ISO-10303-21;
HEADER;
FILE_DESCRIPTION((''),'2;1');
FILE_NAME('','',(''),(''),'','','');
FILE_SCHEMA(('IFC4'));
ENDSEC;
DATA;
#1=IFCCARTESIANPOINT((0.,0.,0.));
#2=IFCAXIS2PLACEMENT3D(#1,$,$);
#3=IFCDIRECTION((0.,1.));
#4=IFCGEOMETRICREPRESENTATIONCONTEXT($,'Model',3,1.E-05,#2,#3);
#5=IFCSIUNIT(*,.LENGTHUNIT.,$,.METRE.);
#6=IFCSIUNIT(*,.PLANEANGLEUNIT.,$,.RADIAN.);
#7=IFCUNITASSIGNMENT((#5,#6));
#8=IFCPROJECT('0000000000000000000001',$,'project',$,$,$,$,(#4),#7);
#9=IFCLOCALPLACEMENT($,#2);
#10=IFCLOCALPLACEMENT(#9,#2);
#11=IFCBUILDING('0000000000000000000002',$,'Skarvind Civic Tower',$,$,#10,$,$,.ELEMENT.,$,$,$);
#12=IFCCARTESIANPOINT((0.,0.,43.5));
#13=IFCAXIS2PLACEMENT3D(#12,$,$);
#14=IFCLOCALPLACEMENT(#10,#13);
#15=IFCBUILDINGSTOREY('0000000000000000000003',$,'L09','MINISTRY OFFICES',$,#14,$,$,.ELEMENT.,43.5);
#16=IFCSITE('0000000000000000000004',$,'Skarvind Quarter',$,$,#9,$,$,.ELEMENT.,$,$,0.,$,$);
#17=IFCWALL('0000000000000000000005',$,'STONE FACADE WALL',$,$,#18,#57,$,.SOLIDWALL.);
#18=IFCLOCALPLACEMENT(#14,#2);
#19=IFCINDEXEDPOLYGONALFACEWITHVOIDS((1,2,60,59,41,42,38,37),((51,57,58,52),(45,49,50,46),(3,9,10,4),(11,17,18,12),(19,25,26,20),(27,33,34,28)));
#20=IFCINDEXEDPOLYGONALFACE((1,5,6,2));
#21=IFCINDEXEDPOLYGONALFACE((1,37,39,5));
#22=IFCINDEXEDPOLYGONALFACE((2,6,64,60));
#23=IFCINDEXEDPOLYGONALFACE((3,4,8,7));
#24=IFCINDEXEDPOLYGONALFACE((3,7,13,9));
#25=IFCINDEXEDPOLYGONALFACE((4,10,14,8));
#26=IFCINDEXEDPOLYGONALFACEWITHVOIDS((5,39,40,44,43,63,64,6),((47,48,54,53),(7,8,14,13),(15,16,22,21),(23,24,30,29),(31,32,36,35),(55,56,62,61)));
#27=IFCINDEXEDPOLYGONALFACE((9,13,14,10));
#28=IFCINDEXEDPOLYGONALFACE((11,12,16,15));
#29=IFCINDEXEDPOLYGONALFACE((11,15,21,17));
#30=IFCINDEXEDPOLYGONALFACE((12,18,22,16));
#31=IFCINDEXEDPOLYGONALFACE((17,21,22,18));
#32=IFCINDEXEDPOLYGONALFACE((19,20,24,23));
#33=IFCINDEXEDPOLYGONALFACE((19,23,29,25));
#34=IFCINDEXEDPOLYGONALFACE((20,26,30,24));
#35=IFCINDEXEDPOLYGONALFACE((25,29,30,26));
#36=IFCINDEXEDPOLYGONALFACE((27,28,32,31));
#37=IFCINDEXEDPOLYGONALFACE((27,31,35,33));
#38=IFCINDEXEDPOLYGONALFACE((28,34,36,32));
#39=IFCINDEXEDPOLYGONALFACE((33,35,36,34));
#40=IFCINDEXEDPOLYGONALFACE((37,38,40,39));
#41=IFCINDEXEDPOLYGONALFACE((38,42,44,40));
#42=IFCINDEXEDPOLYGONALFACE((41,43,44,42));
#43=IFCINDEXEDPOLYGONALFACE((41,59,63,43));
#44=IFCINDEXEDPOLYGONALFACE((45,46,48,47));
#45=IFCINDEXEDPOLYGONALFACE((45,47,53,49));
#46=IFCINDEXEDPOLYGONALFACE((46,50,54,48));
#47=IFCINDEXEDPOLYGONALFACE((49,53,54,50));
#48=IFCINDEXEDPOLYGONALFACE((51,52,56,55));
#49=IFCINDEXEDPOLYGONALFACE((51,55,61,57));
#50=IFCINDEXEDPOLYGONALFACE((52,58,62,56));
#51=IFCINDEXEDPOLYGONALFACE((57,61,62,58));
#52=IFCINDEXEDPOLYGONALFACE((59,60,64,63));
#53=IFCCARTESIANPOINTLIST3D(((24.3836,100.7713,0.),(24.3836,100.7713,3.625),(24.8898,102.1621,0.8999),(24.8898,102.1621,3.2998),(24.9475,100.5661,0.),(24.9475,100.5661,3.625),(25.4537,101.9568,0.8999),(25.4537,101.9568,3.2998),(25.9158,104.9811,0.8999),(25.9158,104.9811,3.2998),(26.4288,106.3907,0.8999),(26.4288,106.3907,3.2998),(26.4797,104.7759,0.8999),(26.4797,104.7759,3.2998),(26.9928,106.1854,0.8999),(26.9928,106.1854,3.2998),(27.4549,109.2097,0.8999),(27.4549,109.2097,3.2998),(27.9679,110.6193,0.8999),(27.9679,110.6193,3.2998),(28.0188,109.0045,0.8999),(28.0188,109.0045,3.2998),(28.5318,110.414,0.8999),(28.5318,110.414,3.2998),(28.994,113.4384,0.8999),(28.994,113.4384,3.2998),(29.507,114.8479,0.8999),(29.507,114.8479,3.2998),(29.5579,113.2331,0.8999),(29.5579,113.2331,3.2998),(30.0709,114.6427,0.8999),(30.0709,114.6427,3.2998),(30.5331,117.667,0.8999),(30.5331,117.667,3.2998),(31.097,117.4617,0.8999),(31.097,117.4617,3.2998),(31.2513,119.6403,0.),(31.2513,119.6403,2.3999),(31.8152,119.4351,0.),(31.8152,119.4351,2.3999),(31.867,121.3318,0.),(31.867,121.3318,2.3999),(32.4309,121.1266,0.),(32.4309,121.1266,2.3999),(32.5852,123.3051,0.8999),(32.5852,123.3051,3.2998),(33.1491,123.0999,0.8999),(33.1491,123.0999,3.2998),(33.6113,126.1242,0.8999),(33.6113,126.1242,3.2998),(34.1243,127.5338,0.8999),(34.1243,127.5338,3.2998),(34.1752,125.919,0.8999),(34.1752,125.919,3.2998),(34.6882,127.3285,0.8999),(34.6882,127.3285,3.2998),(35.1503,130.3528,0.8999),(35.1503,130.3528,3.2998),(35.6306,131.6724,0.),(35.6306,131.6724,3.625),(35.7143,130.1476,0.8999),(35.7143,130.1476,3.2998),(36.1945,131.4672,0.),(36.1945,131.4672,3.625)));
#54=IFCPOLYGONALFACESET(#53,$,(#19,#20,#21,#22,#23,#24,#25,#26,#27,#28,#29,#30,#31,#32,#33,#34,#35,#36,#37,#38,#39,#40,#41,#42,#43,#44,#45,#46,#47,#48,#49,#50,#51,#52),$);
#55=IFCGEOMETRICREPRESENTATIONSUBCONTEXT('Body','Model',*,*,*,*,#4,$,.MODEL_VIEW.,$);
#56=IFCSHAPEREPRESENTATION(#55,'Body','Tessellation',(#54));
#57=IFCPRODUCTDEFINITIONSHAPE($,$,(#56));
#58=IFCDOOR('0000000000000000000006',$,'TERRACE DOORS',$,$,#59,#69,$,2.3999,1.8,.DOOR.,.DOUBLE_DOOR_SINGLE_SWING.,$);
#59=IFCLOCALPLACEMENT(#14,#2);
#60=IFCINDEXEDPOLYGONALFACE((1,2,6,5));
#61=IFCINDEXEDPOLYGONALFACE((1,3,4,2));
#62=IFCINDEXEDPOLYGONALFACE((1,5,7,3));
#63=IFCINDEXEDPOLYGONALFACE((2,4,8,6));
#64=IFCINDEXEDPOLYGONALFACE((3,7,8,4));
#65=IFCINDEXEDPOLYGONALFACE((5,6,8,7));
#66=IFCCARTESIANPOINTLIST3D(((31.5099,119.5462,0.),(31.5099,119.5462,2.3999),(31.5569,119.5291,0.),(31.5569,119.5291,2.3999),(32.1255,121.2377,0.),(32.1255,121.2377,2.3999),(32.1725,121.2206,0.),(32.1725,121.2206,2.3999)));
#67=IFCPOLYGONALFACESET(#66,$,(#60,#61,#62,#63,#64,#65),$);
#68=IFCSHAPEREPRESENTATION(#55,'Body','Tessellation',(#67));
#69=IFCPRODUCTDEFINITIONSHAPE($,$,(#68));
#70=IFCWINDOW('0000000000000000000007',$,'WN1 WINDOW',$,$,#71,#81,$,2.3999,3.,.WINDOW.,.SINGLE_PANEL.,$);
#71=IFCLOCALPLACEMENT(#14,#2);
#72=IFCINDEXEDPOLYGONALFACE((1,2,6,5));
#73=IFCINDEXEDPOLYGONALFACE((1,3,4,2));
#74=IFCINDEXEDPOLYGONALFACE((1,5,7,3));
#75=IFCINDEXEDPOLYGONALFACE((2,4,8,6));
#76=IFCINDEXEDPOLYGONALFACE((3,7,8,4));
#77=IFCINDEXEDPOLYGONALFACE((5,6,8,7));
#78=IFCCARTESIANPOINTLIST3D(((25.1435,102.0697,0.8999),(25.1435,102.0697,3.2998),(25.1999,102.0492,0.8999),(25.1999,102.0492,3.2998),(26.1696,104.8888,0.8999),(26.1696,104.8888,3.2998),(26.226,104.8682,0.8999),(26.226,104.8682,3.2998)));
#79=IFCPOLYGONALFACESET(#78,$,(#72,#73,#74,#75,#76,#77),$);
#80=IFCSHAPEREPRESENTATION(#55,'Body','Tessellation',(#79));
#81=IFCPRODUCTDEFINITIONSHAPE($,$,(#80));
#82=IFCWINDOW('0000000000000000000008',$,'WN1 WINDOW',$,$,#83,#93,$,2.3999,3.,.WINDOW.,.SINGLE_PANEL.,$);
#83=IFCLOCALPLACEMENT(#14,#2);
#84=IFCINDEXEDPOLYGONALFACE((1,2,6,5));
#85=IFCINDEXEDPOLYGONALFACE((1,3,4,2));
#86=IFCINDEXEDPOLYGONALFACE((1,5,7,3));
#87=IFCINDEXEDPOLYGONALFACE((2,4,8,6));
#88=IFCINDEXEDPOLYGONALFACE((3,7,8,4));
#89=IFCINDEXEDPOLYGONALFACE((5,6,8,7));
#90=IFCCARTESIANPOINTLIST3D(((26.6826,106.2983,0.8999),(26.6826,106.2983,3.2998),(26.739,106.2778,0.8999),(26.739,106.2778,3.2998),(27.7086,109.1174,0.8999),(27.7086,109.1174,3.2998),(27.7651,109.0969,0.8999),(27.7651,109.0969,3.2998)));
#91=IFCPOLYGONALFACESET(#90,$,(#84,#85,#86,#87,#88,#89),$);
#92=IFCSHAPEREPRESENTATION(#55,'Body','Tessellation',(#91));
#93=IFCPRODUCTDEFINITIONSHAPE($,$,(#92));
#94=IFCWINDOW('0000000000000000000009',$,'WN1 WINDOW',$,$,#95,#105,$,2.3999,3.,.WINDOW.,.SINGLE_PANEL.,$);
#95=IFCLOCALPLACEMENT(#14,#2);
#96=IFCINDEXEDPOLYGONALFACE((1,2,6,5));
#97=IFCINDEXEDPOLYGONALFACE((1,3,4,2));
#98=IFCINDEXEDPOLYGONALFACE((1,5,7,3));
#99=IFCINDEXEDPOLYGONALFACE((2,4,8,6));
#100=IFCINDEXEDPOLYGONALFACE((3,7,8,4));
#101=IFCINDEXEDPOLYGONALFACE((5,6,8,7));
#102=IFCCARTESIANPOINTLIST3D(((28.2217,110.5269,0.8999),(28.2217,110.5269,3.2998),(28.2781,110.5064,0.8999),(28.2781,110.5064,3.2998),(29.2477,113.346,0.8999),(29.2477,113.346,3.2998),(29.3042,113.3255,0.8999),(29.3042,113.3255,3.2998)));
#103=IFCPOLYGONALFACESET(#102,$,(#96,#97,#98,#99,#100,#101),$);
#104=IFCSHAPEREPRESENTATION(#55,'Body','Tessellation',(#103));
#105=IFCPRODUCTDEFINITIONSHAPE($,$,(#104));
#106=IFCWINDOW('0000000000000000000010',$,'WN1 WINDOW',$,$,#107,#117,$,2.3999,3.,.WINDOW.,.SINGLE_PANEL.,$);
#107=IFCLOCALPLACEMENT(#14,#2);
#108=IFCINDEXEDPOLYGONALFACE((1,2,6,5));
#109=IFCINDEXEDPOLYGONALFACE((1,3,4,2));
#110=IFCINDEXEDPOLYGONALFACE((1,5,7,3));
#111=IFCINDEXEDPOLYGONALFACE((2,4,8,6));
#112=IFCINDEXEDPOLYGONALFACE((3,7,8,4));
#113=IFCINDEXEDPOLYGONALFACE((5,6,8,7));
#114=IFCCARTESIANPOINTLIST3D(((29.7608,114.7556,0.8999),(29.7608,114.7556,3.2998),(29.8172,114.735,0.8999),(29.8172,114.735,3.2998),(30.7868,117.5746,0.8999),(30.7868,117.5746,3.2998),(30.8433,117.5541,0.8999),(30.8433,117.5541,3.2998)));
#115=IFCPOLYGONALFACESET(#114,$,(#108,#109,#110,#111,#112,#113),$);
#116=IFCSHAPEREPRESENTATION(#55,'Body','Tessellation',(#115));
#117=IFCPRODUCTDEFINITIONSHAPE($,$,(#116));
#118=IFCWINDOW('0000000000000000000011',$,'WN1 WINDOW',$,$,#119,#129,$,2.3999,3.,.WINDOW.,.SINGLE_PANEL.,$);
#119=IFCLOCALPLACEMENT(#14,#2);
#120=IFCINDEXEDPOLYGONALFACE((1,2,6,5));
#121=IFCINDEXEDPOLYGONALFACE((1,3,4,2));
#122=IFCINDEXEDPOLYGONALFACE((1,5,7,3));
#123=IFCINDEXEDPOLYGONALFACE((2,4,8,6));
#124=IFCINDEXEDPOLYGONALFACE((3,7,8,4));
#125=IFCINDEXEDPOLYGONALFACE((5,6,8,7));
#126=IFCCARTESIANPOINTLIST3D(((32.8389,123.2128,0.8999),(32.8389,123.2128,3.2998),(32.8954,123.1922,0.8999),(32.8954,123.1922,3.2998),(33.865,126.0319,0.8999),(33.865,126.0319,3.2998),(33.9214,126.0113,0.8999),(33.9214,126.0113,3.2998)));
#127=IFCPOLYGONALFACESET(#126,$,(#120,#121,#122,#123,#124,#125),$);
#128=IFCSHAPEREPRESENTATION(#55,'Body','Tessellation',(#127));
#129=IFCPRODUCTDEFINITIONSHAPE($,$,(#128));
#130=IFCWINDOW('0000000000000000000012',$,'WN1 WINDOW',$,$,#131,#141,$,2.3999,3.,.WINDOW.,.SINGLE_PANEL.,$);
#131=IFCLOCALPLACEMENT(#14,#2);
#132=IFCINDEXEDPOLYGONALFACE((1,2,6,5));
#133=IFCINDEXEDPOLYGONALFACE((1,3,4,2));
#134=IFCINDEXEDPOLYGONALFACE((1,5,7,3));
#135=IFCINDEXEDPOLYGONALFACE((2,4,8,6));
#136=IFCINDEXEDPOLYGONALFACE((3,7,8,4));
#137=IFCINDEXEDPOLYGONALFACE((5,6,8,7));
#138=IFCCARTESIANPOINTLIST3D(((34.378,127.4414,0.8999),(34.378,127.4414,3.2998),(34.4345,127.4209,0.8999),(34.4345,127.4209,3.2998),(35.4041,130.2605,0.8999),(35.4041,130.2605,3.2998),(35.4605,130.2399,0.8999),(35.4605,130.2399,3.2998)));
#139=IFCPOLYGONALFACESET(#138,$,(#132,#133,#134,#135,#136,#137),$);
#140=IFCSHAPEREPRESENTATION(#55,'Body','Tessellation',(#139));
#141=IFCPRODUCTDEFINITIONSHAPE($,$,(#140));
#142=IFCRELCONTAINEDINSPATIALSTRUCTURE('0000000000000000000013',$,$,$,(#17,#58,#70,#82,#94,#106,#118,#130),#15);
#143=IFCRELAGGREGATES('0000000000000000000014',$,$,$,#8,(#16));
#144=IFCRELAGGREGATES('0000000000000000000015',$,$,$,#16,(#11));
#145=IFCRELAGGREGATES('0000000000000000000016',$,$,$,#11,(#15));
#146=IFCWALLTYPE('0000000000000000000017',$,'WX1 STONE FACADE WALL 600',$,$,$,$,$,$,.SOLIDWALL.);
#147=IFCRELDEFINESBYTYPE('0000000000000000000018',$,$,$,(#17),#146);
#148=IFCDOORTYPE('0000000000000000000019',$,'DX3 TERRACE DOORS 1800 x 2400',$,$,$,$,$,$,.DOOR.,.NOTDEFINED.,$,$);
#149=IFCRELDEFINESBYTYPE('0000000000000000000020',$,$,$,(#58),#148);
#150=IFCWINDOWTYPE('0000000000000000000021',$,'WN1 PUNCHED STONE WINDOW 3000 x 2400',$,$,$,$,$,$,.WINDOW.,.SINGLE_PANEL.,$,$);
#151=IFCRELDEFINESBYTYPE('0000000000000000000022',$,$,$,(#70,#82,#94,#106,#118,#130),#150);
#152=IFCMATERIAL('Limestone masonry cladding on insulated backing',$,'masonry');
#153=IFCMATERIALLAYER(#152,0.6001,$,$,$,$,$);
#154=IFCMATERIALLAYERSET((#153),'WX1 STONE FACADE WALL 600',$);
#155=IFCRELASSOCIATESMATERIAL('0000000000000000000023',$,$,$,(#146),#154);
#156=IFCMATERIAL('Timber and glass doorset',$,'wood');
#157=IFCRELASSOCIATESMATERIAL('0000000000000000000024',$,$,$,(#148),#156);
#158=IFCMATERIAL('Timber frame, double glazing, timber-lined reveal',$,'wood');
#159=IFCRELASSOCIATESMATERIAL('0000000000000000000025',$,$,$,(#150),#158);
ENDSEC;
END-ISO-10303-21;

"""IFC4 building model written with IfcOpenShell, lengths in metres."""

from ifc_helpers import new_model, si_unit, direction, frame, frame_2d, origin, place, context, subcontext, project, spatial, rectangle, extrude, material, layer, layer_set, type_object, element, fill, save


model = new_model("IFC4")

# Units and contexts
model_context = context("Model", 3, precision=1e-05, world=origin(), true_north=direction((0.0, 1.0)))
body_context = subcontext(model_context, "Body", "Model", "MODEL_VIEW")
ifc_project = project(units=[si_unit("LENGTHUNIT", "METRE"), si_unit("PLANEANGLEUNIT", "RADIAN")], contexts=[model_context])

# Site, building, storey
site_placement = place(None, origin())
site = spatial("IfcSite", under=ifc_project, at=site_placement, Name="Skarvind Quarter", CompositionType="ELEMENT", RefElevation=0.0)
building_placement = place(site_placement, origin())
building = spatial("IfcBuilding", under=site, at=building_placement, Name="Skarvind Civic Tower", CompositionType="ELEMENT")
storey_placement = place(building_placement, frame((0.0, 0.0, 43.5)))
storey = spatial("IfcBuildingStorey", under=building, at=storey_placement, Name="L09", Description="MINISTRY OFFICES", CompositionType="ELEMENT", Elevation=43.5)

# Wall, openings, door, windows
ifc_material_1 = material(Name="Limestone masonry cladding on insulated backing", Category="masonry")
ifc_layer_1 = layer(ifc_material_1, 0.6001)
ifc_layer_set_1 = layer_set([ifc_layer_1], Name="WX1 STONE FACADE WALL 600")
wall_type_1 = type_object("IfcWallType", Name="WX1 STONE FACADE WALL 600", PredefinedType="SOLIDWALL", material=ifc_layer_set_1)
wall_1_placement = place(storey_placement, frame((24.6655, 100.6687, 0.0), z_axis=(0.0, 0.0, 1.0), x_axis=(0.34202, 0.939693, 0.0)))
wall_1 = element("IfcWall", 1, at=wall_1_placement, inside=storey, type_object=wall_type_1, Name="STONE FACADE WALL", PredefinedType="SOLIDWALL", context=body_context, shape_type="SweptSolid", body=[
    extrude(rectangle(XDim=32.8843, YDim=0.6001, at=frame_2d((16.4421, 0.0))), origin(), (0.0, 0.0, 1.0), 3.625),
])
opening_1_placement = place(wall_1_placement, frame((1.48, 0.0, 0.8999)))
opening_1 = element("IfcOpeningElement", 2, at=opening_1_placement, cuts=wall_1, PredefinedType="OPENING", context=body_context, shape_type="SweptSolid", body=[
    extrude(rectangle(XDim=3.0, YDim=2.3999, at=frame_2d((1.5, 1.2))), frame((0.0, 0.3101, 0.0), z_axis=(0.0, -1.0, 0.0), x_axis=(1.0, 0.0, 0.0)), (0.0, 0.0, 1.0), 0.6201),
])
opening_2_placement = place(wall_1_placement, frame((5.98, 0.0, 0.8999)))
opening_2 = element("IfcOpeningElement", 3, at=opening_2_placement, cuts=wall_1, PredefinedType="OPENING", context=body_context, shape_type="SweptSolid", body=[
    extrude(rectangle(XDim=3.0, YDim=2.3999, at=frame_2d((1.5, 1.2))), frame((0.0, 0.3101, 0.0), z_axis=(0.0, -1.0, 0.0), x_axis=(1.0, 0.0, 0.0)), (0.0, 0.0, 1.0), 0.6201),
])
opening_3_placement = place(wall_1_placement, frame((10.48, 0.0, 0.8999)))
opening_3 = element("IfcOpeningElement", 4, at=opening_3_placement, cuts=wall_1, PredefinedType="OPENING", context=body_context, shape_type="SweptSolid", body=[
    extrude(rectangle(XDim=3.0, YDim=2.3999, at=frame_2d((1.5, 1.2))), frame((0.0, 0.3101, 0.0), z_axis=(0.0, -1.0, 0.0), x_axis=(1.0, 0.0, 0.0)), (0.0, 0.0, 1.0), 0.6201),
])
opening_4_placement = place(wall_1_placement, frame((14.98, 0.0, 0.8999)))
opening_4 = element("IfcOpeningElement", 5, at=opening_4_placement, cuts=wall_1, PredefinedType="OPENING", context=body_context, shape_type="SweptSolid", body=[
    extrude(rectangle(XDim=3.0, YDim=2.3999, at=frame_2d((1.5, 1.2))), frame((0.0, 0.3101, 0.0), z_axis=(0.0, -1.0, 0.0), x_axis=(1.0, 0.0, 0.0)), (0.0, 0.0, 1.0), 0.6201),
])
opening_5_placement = place(wall_1_placement, frame((20.0801, 0.0, 0.0)))
opening_5 = element("IfcOpeningElement", 6, at=opening_5_placement, cuts=wall_1, PredefinedType="OPENING", context=body_context, shape_type="SweptSolid", body=[
    extrude(rectangle(XDim=1.8, YDim=2.3999, at=frame_2d((0.8999, 1.2))), frame((0.0, 0.3101, 0.0), z_axis=(0.0, -1.0, 0.0), x_axis=(1.0, 0.0, 0.0)), (0.0, 0.0, 1.0), 0.6201),
])
opening_6_placement = place(wall_1_placement, frame((23.98, 0.0, 0.8999)))
opening_6 = element("IfcOpeningElement", 7, at=opening_6_placement, cuts=wall_1, PredefinedType="OPENING", context=body_context, shape_type="SweptSolid", body=[
    extrude(rectangle(XDim=3.0, YDim=2.3999, at=frame_2d((1.5, 1.2))), frame((0.0, 0.3101, 0.0), z_axis=(0.0, -1.0, 0.0), x_axis=(1.0, 0.0, 0.0)), (0.0, 0.0, 1.0), 0.6201),
])
opening_7_placement = place(wall_1_placement, frame((28.48, 0.0, 0.8999)))
opening_7 = element("IfcOpeningElement", 8, at=opening_7_placement, cuts=wall_1, PredefinedType="OPENING", context=body_context, shape_type="SweptSolid", body=[
    extrude(rectangle(XDim=3.0, YDim=2.3999, at=frame_2d((1.5, 1.2))), frame((0.0, 0.3101, 0.0), z_axis=(0.0, -1.0, 0.0), x_axis=(1.0, 0.0, 0.0)), (0.0, 0.0, 1.0), 0.6201),
])
ifc_material_2 = material(Name="Timber and glass doorset", Category="wood")
door_type_1 = type_object("IfcDoorType", Name="DX3 TERRACE DOORS 1800 x 2400", OperationType="NOTDEFINED", PredefinedType="DOOR", material=ifc_material_2)
door_1_placement = place(opening_5_placement, origin())
door_1 = element("IfcDoor", 9, at=door_1_placement, inside=storey, type_object=door_type_1, Name="TERRACE DOORS", OperationType="DOUBLE_DOOR_SINGLE_SWING", OverallHeight=2.3999, OverallWidth=1.8, PredefinedType="DOOR", context=body_context, shape_type="SweptSolid", body=[
    extrude(rectangle(XDim=1.8, YDim=2.3999, at=frame_2d((0.8999, 1.2))), frame((0.0, 0.0249, 0.0), z_axis=(0.0, -1.0, 0.0), x_axis=(1.0, 0.0, 0.0)), (0.0, 0.0, 1.0), 0.05),
])
fill(opening_5, door_1)
ifc_material_3 = material(Name="Timber frame, double glazing, timber-lined reveal", Category="wood")
window_type = type_object("IfcWindowType", Name="WN1 PUNCHED STONE WINDOW 3000 x 2400", PartitioningType="SINGLE_PANEL", PredefinedType="WINDOW", material=ifc_material_3)
window_1_placement = place(opening_1_placement, origin())
window_1 = element("IfcWindow", 10, at=window_1_placement, inside=storey, type_object=window_type, Name="WN1 WINDOW", OverallHeight=2.3999, OverallWidth=3.0, PartitioningType="SINGLE_PANEL", PredefinedType="WINDOW", context=body_context, shape_type="SweptSolid", body=[
    extrude(rectangle(XDim=3.0, YDim=2.3999, at=frame_2d((1.5, 1.2))), frame((0.0, 0.03, 0.0), z_axis=(0.0, -1.0, 0.0), x_axis=(1.0, 0.0, 0.0)), (0.0, 0.0, 1.0), 0.0601),
])
fill(opening_1, window_1)
window_2_placement = place(opening_2_placement, origin())
window_2 = element("IfcWindow", 11, at=window_2_placement, inside=storey, type_object=window_type, Name="WN1 WINDOW", OverallHeight=2.3999, OverallWidth=3.0, PartitioningType="SINGLE_PANEL", PredefinedType="WINDOW", context=body_context, shape_type="SweptSolid", body=[
    extrude(rectangle(XDim=3.0, YDim=2.3999, at=frame_2d((1.5, 1.2))), frame((0.0, 0.03, 0.0), z_axis=(0.0, -1.0, 0.0), x_axis=(1.0, 0.0, 0.0)), (0.0, 0.0, 1.0), 0.0601),
])
fill(opening_2, window_2)
window_3_placement = place(opening_3_placement, origin())
window_3 = element("IfcWindow", 12, at=window_3_placement, inside=storey, type_object=window_type, Name="WN1 WINDOW", OverallHeight=2.3999, OverallWidth=3.0, PartitioningType="SINGLE_PANEL", PredefinedType="WINDOW", context=body_context, shape_type="SweptSolid", body=[
    extrude(rectangle(XDim=3.0, YDim=2.3999, at=frame_2d((1.5, 1.2))), frame((0.0, 0.03, 0.0), z_axis=(0.0, -1.0, 0.0), x_axis=(1.0, 0.0, 0.0)), (0.0, 0.0, 1.0), 0.0601),
])
fill(opening_3, window_3)
window_4_placement = place(opening_4_placement, origin())
window_4 = element("IfcWindow", 13, at=window_4_placement, inside=storey, type_object=window_type, Name="WN1 WINDOW", OverallHeight=2.3999, OverallWidth=3.0, PartitioningType="SINGLE_PANEL", PredefinedType="WINDOW", context=body_context, shape_type="SweptSolid", body=[
    extrude(rectangle(XDim=3.0, YDim=2.3999, at=frame_2d((1.5, 1.2))), frame((0.0, 0.03, 0.0), z_axis=(0.0, -1.0, 0.0), x_axis=(1.0, 0.0, 0.0)), (0.0, 0.0, 1.0), 0.0601),
])
fill(opening_4, window_4)
window_5_placement = place(opening_6_placement, origin())
window_5 = element("IfcWindow", 14, at=window_5_placement, inside=storey, type_object=window_type, Name="WN1 WINDOW", OverallHeight=2.3999, OverallWidth=3.0, PartitioningType="SINGLE_PANEL", PredefinedType="WINDOW", context=body_context, shape_type="SweptSolid", body=[
    extrude(rectangle(XDim=3.0, YDim=2.3999, at=frame_2d((1.5, 1.2))), frame((0.0, 0.03, 0.0), z_axis=(0.0, -1.0, 0.0), x_axis=(1.0, 0.0, 0.0)), (0.0, 0.0, 1.0), 0.0601),
])
fill(opening_6, window_5)
window_6_placement = place(opening_7_placement, origin())
window_6 = element("IfcWindow", 15, at=window_6_placement, inside=storey, type_object=window_type, Name="WN1 WINDOW", OverallHeight=2.3999, OverallWidth=3.0, PartitioningType="SINGLE_PANEL", PredefinedType="WINDOW", context=body_context, shape_type="SweptSolid", body=[
    extrude(rectangle(XDim=3.0, YDim=2.3999, at=frame_2d((1.5, 1.2))), frame((0.0, 0.03, 0.0), z_axis=(0.0, -1.0, 0.0), x_axis=(1.0, 0.0, 0.0)), (0.0, 0.0, 1.0), 0.0601),
])
fill(opening_7, window_6)

save(model, "model.ifc")
